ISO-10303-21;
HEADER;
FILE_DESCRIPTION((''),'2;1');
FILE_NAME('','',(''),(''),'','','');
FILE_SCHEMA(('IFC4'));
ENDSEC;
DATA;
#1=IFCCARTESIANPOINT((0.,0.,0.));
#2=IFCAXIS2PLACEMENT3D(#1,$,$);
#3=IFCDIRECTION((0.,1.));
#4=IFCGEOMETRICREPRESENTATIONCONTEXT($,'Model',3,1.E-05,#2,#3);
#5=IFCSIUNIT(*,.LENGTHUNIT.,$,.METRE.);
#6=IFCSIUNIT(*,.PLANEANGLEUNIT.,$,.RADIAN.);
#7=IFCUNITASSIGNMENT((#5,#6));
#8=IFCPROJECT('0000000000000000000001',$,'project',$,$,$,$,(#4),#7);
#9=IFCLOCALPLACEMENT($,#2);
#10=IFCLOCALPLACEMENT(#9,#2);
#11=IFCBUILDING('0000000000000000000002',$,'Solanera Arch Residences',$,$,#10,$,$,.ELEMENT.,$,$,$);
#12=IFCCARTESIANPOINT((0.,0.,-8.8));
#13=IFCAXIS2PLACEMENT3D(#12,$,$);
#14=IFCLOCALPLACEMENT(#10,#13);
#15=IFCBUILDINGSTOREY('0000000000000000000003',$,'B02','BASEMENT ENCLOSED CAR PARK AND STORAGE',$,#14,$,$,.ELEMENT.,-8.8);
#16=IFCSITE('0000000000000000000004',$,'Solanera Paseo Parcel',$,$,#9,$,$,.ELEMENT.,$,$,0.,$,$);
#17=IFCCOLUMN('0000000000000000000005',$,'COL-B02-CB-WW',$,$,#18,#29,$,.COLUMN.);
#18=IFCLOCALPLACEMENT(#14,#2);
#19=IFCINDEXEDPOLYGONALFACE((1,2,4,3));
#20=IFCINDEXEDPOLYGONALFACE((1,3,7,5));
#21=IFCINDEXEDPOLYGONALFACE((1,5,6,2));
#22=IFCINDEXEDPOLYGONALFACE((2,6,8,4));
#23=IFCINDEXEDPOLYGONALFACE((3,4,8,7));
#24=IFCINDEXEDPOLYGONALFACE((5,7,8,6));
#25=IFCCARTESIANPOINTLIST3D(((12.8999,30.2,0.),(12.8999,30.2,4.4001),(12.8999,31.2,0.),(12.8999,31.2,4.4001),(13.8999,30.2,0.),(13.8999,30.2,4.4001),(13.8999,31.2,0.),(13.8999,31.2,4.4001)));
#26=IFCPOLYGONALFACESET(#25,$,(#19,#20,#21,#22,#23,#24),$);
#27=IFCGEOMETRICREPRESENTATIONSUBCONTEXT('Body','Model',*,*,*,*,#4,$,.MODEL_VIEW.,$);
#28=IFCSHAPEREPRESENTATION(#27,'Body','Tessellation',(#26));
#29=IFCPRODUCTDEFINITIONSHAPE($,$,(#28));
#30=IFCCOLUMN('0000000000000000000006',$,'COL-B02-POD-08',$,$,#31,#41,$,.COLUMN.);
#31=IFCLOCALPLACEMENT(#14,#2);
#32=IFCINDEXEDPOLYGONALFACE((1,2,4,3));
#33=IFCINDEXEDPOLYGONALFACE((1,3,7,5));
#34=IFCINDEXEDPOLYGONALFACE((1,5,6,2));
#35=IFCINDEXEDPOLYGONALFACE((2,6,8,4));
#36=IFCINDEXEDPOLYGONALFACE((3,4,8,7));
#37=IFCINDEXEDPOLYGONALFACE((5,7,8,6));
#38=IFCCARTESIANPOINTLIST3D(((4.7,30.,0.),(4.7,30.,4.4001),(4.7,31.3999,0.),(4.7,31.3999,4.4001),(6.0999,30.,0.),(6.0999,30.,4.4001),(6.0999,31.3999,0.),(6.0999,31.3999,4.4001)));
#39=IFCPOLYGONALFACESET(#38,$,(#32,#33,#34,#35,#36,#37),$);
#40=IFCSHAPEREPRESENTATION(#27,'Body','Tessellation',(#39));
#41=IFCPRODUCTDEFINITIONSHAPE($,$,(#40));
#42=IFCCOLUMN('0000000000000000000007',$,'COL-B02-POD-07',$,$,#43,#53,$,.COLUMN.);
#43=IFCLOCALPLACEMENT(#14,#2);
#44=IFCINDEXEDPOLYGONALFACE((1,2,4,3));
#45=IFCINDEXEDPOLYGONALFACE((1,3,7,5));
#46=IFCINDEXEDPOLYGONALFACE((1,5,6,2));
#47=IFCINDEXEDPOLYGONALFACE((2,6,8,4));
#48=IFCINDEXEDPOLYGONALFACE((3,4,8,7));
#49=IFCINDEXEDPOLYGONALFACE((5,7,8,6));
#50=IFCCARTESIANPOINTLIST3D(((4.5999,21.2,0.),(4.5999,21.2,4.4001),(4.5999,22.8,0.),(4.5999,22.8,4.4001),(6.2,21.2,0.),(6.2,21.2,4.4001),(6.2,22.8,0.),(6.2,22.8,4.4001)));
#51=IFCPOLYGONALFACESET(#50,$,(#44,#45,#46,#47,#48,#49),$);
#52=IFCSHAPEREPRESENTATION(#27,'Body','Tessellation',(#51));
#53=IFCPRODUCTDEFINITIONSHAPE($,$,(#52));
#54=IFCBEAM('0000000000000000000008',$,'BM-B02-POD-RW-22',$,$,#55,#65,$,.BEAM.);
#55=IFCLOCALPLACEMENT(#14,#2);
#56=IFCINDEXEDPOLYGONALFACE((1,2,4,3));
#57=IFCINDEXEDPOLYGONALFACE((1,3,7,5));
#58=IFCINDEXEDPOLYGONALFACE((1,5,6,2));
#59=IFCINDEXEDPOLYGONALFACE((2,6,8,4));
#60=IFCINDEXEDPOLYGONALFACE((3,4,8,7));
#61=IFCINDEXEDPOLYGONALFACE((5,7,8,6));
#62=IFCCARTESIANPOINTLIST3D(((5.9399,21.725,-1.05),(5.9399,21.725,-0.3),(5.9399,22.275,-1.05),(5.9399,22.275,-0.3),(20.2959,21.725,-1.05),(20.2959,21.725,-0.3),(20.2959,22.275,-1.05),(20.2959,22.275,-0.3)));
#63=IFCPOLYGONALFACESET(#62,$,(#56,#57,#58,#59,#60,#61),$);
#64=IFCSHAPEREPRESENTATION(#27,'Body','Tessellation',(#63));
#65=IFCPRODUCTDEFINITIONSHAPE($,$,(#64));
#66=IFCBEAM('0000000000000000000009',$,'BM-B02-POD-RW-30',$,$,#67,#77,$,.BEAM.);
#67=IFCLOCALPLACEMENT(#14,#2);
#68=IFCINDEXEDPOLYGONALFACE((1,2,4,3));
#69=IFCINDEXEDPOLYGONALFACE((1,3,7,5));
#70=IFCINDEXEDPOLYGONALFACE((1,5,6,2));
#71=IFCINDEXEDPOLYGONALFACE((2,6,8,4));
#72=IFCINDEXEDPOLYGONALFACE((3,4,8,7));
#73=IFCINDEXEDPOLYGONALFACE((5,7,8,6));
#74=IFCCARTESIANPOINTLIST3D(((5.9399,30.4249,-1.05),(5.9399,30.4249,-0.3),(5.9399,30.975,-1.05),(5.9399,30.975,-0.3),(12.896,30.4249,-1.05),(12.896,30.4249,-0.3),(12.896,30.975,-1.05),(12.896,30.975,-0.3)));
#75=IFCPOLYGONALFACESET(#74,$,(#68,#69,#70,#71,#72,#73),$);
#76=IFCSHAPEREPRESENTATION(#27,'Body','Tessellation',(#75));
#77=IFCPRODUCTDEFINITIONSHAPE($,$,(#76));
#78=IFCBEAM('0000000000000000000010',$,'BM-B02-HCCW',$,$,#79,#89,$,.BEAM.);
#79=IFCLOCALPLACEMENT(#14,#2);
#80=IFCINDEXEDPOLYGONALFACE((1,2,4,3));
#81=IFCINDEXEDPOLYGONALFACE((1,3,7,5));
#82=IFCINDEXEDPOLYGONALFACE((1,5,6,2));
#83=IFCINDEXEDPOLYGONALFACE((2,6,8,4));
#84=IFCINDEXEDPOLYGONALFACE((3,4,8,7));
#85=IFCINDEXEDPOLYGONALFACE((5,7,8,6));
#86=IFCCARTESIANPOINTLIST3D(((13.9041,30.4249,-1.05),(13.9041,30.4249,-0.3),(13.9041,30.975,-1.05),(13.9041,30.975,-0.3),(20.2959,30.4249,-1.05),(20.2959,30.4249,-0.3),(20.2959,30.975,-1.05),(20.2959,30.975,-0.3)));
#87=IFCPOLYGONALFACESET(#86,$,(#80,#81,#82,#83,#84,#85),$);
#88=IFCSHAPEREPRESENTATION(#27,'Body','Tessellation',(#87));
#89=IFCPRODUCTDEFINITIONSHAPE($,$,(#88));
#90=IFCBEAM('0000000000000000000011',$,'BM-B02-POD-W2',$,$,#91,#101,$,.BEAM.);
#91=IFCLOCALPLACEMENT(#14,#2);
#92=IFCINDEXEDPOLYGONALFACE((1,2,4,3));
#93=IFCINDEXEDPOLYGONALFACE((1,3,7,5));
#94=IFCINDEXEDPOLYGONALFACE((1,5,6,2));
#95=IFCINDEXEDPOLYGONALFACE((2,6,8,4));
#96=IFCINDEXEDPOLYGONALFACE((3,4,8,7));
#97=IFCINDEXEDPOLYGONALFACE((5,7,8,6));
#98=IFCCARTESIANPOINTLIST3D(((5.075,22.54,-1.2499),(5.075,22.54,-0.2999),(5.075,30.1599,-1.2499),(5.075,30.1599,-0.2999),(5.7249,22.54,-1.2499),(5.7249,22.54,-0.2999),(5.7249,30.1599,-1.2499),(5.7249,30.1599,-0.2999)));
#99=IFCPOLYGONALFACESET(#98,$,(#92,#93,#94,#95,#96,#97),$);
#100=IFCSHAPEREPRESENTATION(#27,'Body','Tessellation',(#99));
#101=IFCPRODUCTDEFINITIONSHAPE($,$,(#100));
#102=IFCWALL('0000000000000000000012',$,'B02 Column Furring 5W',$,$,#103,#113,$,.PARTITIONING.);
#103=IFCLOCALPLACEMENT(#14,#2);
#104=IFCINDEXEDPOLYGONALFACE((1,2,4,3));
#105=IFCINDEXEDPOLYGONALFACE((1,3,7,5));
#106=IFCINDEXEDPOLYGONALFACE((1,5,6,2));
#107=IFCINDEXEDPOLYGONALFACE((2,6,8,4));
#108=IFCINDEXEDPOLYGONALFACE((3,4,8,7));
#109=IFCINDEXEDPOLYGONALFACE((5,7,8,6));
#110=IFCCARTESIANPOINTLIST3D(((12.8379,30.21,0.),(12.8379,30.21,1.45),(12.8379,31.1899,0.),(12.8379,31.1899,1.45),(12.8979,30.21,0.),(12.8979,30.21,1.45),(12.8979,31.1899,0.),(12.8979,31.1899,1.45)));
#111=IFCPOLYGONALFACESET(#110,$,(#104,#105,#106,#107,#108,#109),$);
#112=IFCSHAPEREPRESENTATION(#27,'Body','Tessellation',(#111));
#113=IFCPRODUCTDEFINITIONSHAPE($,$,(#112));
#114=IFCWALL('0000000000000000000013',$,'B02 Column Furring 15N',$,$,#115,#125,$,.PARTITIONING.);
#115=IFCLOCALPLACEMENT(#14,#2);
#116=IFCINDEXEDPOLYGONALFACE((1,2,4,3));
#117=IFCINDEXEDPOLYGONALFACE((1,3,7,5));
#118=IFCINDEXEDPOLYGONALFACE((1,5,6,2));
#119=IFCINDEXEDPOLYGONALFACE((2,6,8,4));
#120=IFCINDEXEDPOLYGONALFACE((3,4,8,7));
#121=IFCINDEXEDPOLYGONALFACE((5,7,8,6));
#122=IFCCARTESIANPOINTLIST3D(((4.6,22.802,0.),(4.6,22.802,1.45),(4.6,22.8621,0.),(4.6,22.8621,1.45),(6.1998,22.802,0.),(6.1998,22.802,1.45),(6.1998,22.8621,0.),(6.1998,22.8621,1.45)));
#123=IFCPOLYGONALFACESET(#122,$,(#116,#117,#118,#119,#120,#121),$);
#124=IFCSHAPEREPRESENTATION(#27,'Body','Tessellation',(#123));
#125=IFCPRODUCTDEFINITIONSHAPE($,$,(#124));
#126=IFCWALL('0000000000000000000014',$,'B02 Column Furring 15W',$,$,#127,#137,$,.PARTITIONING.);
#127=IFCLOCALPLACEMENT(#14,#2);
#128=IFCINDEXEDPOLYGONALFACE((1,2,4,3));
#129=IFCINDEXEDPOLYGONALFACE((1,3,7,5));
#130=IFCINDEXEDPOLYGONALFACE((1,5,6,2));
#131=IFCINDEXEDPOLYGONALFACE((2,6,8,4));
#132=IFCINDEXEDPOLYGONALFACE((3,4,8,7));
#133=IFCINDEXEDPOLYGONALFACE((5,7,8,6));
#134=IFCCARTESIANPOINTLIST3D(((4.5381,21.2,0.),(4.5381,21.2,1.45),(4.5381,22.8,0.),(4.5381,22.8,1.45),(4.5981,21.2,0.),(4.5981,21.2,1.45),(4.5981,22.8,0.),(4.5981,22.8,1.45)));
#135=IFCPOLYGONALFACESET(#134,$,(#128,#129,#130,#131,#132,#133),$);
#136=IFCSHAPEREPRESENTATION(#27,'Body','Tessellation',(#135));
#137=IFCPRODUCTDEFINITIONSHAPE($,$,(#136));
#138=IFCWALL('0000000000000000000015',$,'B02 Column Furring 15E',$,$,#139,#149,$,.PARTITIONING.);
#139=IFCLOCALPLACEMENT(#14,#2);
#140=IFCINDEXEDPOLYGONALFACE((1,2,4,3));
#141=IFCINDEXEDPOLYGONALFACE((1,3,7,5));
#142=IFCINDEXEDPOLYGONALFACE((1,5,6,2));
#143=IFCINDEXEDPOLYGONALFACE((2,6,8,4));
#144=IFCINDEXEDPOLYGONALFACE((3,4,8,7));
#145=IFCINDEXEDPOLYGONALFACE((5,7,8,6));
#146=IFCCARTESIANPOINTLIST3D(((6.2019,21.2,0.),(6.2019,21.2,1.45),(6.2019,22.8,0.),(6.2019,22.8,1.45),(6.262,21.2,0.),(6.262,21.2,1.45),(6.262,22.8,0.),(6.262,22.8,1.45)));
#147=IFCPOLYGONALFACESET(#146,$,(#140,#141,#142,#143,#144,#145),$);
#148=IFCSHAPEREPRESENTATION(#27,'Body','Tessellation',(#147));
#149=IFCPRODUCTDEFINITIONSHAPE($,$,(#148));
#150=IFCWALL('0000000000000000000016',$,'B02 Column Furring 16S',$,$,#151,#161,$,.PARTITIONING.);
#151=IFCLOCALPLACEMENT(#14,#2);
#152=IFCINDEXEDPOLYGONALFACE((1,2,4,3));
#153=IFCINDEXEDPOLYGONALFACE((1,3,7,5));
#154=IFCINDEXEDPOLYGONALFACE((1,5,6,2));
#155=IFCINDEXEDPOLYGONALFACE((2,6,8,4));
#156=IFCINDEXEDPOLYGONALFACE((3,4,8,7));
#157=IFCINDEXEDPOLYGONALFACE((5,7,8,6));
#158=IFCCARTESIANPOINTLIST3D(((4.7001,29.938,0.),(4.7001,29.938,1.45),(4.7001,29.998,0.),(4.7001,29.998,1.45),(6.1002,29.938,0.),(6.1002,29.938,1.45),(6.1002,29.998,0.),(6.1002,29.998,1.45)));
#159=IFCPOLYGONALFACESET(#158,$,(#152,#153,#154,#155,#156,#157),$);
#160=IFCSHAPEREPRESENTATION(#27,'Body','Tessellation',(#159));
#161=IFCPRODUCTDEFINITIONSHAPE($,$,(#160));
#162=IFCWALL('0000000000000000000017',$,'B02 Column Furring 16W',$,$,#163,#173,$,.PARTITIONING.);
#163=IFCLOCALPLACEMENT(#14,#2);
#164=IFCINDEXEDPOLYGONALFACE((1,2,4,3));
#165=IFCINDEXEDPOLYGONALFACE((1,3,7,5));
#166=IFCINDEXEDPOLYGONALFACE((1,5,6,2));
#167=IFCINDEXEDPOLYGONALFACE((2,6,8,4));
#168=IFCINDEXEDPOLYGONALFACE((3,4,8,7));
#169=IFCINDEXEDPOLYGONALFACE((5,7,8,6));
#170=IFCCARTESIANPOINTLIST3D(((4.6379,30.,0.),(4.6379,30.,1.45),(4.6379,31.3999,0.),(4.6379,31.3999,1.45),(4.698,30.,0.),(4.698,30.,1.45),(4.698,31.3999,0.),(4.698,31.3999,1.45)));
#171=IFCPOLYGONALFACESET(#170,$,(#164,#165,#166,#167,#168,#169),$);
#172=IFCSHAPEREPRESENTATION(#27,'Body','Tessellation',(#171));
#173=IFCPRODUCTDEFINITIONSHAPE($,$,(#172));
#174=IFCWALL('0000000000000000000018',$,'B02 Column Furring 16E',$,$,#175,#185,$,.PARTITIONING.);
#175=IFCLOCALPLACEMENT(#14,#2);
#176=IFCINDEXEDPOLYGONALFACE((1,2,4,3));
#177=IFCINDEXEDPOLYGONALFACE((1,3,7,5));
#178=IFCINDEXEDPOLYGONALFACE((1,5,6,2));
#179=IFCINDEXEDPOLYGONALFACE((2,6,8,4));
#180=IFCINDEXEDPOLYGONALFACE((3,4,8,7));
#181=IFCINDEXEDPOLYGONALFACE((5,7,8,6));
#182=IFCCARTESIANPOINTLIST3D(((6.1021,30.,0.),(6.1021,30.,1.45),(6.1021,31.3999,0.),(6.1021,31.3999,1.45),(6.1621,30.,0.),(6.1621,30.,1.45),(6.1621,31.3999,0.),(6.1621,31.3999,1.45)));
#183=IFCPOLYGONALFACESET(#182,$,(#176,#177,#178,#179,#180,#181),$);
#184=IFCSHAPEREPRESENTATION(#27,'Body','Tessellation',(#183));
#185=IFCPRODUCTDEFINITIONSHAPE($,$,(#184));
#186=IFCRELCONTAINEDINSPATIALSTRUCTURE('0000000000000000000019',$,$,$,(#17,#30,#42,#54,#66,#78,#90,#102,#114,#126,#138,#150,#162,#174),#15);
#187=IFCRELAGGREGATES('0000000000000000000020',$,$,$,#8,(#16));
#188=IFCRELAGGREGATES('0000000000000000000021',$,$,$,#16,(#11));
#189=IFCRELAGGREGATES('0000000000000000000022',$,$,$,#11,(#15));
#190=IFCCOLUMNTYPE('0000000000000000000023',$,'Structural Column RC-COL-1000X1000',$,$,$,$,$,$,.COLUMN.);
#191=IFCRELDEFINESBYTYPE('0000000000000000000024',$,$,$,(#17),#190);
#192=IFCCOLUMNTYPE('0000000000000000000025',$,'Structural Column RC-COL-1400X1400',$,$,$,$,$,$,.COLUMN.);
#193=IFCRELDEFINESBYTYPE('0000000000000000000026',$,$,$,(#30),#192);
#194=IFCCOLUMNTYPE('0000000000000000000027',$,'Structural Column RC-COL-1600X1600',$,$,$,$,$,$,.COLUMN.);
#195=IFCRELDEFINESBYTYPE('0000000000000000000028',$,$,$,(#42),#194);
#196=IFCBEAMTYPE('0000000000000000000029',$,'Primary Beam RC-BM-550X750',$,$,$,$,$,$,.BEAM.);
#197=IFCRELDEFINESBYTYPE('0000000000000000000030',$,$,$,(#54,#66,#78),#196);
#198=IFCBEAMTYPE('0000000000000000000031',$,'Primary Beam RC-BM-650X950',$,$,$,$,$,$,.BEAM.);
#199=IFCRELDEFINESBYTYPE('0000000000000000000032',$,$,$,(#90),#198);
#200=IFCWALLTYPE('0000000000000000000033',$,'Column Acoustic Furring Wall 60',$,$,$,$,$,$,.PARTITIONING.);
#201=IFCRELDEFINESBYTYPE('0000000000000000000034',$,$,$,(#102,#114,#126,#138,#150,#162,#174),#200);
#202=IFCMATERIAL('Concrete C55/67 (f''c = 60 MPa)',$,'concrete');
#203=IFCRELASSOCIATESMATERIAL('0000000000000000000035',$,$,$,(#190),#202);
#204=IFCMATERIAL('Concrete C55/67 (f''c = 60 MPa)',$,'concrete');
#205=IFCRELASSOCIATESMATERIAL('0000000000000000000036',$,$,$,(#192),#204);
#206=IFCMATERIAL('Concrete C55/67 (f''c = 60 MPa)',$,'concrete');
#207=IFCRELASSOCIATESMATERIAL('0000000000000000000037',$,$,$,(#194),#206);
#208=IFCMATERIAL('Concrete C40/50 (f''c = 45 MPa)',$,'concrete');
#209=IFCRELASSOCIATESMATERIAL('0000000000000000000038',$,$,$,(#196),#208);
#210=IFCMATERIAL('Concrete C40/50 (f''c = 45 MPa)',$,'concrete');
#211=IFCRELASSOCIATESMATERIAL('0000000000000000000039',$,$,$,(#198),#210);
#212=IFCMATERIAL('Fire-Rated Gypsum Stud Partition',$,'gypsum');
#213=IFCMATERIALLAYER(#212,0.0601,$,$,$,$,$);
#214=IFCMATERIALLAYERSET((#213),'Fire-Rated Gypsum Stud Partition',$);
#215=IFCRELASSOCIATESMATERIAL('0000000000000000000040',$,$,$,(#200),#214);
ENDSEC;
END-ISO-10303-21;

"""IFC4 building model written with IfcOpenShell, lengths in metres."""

from ifc_helpers import new_model, si_unit, direction, frame, frame_2d, origin, origin_2d, place, context, subcontext, project, spatial, rectangle, extrude, material, layer, layer_set, material_profile, profile_set, type_object, element, save


model = new_model("IFC4")

# Units and contexts
model_context = context("Model", 3, precision=1e-05, world=origin(), true_north=direction((0.0, 1.0)))
body_context = subcontext(model_context, "Body", "Model", "MODEL_VIEW")
ifc_project = project(units=[si_unit("LENGTHUNIT", "METRE"), si_unit("PLANEANGLEUNIT", "RADIAN")], contexts=[model_context])

# Site, building, storey
site_placement = place(None, origin())
site = spatial("IfcSite", under=ifc_project, at=site_placement, Name="Solanera Paseo Parcel", CompositionType="ELEMENT", RefElevation=0.0)
building_placement = place(site_placement, origin())
building = spatial("IfcBuilding", under=site, at=building_placement, Name="Solanera Arch Residences", CompositionType="ELEMENT")
storey_placement = place(building_placement, frame((0.0, 0.0, -8.8)))
storey = spatial("IfcBuildingStorey", under=building, at=storey_placement, Name="B02", Description="BASEMENT ENCLOSED CAR PARK AND STORAGE", CompositionType="ELEMENT", Elevation=-8.8)

# Columns
ifc_material_1 = material(Name="Concrete C55/67 (f'c = 60 MPa)", Category="concrete")
ifc_material_profile_1 = material_profile(ifc_material_1, rectangle(XDim=1.0, YDim=1.0, at=origin_2d()))
ifc_profile_set_1 = profile_set([ifc_material_profile_1], Name="Concrete C55/67 (f'c = 60 MPa)")
column_type_1 = type_object("IfcColumnType", Name="Structural Column RC-COL-1000X1000", PredefinedType="COLUMN", material=ifc_profile_set_1)
column_1_placement = place(storey_placement, frame((13.3999, 30.7, 0.0), z_axis=(0.0, 0.0, 1.0), x_axis=(1.0, 0.0, 0.0)))
element("IfcColumn", 1, at=column_1_placement, inside=storey, type_object=column_type_1, Name="COL-B02-CB-WW", PredefinedType="COLUMN", context=body_context, shape_type="SweptSolid", body=[
    extrude(rectangle(XDim=1.0, YDim=1.0, at=origin_2d()), origin(), (0.0, 0.0, 1.0), 4.4001),
])
ifc_material_2 = material(Name="Concrete C55/67 (f'c = 60 MPa)", Category="concrete")
ifc_material_profile_2 = material_profile(ifc_material_2, rectangle(XDim=1.3999, YDim=1.3999, at=origin_2d()))
ifc_profile_set_2 = profile_set([ifc_material_profile_2], Name="Concrete C55/67 (f'c = 60 MPa)")
column_type_2 = type_object("IfcColumnType", Name="Structural Column RC-COL-1400X1400", PredefinedType="COLUMN", material=ifc_profile_set_2)
column_2_placement = place(storey_placement, frame((5.3999, 30.7, 0.0), z_axis=(0.0, 0.0, 1.0), x_axis=(1.0, 0.0, 0.0)))
element("IfcColumn", 2, at=column_2_placement, inside=storey, type_object=column_type_2, Name="COL-B02-POD-08", PredefinedType="COLUMN", context=body_context, shape_type="SweptSolid", body=[
    extrude(rectangle(XDim=1.3999, YDim=1.3999, at=origin_2d()), origin(), (0.0, 0.0, 1.0), 4.4001),
])
ifc_material_3 = material(Name="Concrete C55/67 (f'c = 60 MPa)", Category="concrete")
ifc_material_profile_3 = material_profile(ifc_material_3, rectangle(XDim=1.6001, YDim=1.6001, at=origin_2d()))
ifc_profile_set_3 = profile_set([ifc_material_profile_3], Name="Concrete C55/67 (f'c = 60 MPa)")
column_type_3 = type_object("IfcColumnType", Name="Structural Column RC-COL-1600X1600", PredefinedType="COLUMN", material=ifc_profile_set_3)
column_3_placement = place(storey_placement, frame((5.3999, 22.0, 0.0), z_axis=(0.0, 0.0, 1.0), x_axis=(1.0, 0.0, 0.0)))
element("IfcColumn", 3, at=column_3_placement, inside=storey, type_object=column_type_3, Name="COL-B02-POD-07", PredefinedType="COLUMN", context=body_context, shape_type="SweptSolid", body=[
    extrude(rectangle(XDim=1.6001, YDim=1.6001, at=origin_2d()), origin(), (0.0, 0.0, 1.0), 4.4001),
])

# Beams
ifc_material_4 = material(Name="Concrete C40/50 (f'c = 45 MPa)", Category="concrete")
ifc_material_profile_4 = material_profile(ifc_material_4, rectangle(XDim=0.55, YDim=0.75, at=origin_2d()))
ifc_profile_set_4 = profile_set([ifc_material_profile_4], Name="Concrete C40/50 (f'c = 45 MPa)")
beam_type_1 = type_object("IfcBeamType", Name="Primary Beam RC-BM-550X750", PredefinedType="BEAM", material=ifc_profile_set_4)
beam_1_placement = place(storey_placement, frame((5.9399, 22.0, -0.675), z_axis=(1.0, 0.0, 0.0), x_axis=(0.0, 1.0, 0.0)))
element("IfcBeam", 4, at=beam_1_placement, inside=storey, type_object=beam_type_1, Name="BM-B02-POD-RW-22", PredefinedType="BEAM", context=body_context, shape_type="SweptSolid", body=[
    extrude(rectangle(XDim=0.55, YDim=0.75, at=origin_2d()), origin(), (0.0, 0.0, 1.0), 14.356),
])
beam_2_placement = place(storey_placement, frame((5.9399, 30.7, -0.675), z_axis=(1.0, 0.0, 0.0), x_axis=(0.0, 1.0, 0.0)))
element("IfcBeam", 5, at=beam_2_placement, inside=storey, type_object=beam_type_1, Name="BM-B02-POD-RW-30", PredefinedType="BEAM", context=body_context, shape_type="SweptSolid", body=[
    extrude(rectangle(XDim=0.55, YDim=0.75, at=origin_2d()), origin(), (0.0, 0.0, 1.0), 6.9561),
])
beam_3_placement = place(storey_placement, frame((13.9041, 30.7, -0.675), z_axis=(1.0, 0.0, 0.0), x_axis=(0.0, 1.0, 0.0)))
element("IfcBeam", 6, at=beam_3_placement, inside=storey, type_object=beam_type_1, Name="BM-B02-HCCW", PredefinedType="BEAM", context=body_context, shape_type="SweptSolid", body=[
    extrude(rectangle(XDim=0.55, YDim=0.75, at=origin_2d()), origin(), (0.0, 0.0, 1.0), 6.3918),
])
ifc_material_5 = material(Name="Concrete C40/50 (f'c = 45 MPa)", Category="concrete")
ifc_material_profile_5 = material_profile(ifc_material_5, rectangle(XDim=0.6499, YDim=0.95, at=origin_2d()))
ifc_profile_set_5 = profile_set([ifc_material_profile_5], Name="Concrete C40/50 (f'c = 45 MPa)")
beam_type_2 = type_object("IfcBeamType", Name="Primary Beam RC-BM-650X950", PredefinedType="BEAM", material=ifc_profile_set_5)
beam_4_placement = place(storey_placement, frame((5.3999, 22.54, -0.7749), z_axis=(0.0, 1.0, 0.0), x_axis=(-1.0, 0.0, 0.0)))
element("IfcBeam", 7, at=beam_4_placement, inside=storey, type_object=beam_type_2, Name="BM-B02-POD-W2", PredefinedType="BEAM", context=body_context, shape_type="SweptSolid", body=[
    extrude(rectangle(XDim=0.6499, YDim=0.95, at=origin_2d()), origin(), (0.0, 0.0, 1.0), 7.6199),
])

# Walls
ifc_material_6 = material(Name="Fire-Rated Gypsum Stud Partition", Category="gypsum")
ifc_layer_1 = layer(ifc_material_6, 0.0601)
ifc_layer_set_1 = layer_set([ifc_layer_1], Name="Fire-Rated Gypsum Stud Partition")
wall_type_1 = type_object("IfcWallType", Name="Column Acoustic Furring Wall 60", PredefinedType="PARTITIONING", material=ifc_layer_set_1)
wall_1_placement = place(storey_placement, frame((12.8679, 30.21, 0.0), z_axis=(0.0, 0.0, 1.0), x_axis=(0.0, 1.0, 0.0)))
element("IfcWall", 8, at=wall_1_placement, inside=storey, type_object=wall_type_1, Name="B02 Column Furring 5W", PredefinedType="PARTITIONING", context=body_context, shape_type="SweptSolid", body=[
    extrude(rectangle(XDim=0.98, YDim=0.0601, at=frame_2d((0.49, 0.0))), origin(), (0.0, 0.0, 1.0), 1.45),
])
wall_2_placement = place(storey_placement, frame((4.6001, 22.832, 0.0), z_axis=(0.0, 0.0, 1.0), x_axis=(1.0, 0.0, 0.0)))
element("IfcWall", 9, at=wall_2_placement, inside=storey, type_object=wall_type_1, Name="B02 Column Furring 15N", PredefinedType="PARTITIONING", context=body_context, shape_type="SweptSolid", body=[
    extrude(rectangle(XDim=1.5999, YDim=0.0601, at=frame_2d((0.7998, 0.0))), origin(), (0.0, 0.0, 1.0), 1.45),
])
for number, where, z_axis, x_axis, name in (
    (10, (4.5681, 21.2, 0.0), (0.0, 0.0, 1.0), (0.0, 1.0, 0.0), "B02 Column Furring 15W"),
    (11, (6.2319, 21.2, 0.0), (0.0, 0.0, 1.0), (0.0, 1.0, 0.0), "B02 Column Furring 15E"),
):
    element("IfcWall", number, at=place(storey_placement, frame(where, z_axis=z_axis, x_axis=x_axis)), inside=storey, type_object=wall_type_1, Name=name, PredefinedType="PARTITIONING", context=body_context, shape_type="SweptSolid", body=[
        extrude(rectangle(XDim=1.6001, YDim=0.0601, at=frame_2d((0.8, 0.0))), origin(), (0.0, 0.0, 1.0), 1.45),
    ])
wall_3_placement = place(storey_placement, frame((4.7, 29.968, 0.0), z_axis=(0.0, 0.0, 1.0), x_axis=(1.0, 0.0, 0.0)))
element("IfcWall", 12, at=wall_3_placement, inside=storey, type_object=wall_type_1, Name="B02 Column Furring 16S", PredefinedType="PARTITIONING", context=body_context, shape_type="SweptSolid", body=[
    extrude(rectangle(XDim=1.4001, YDim=0.0601, at=frame_2d((0.7002, 0.0))), origin(), (0.0, 0.0, 1.0), 1.45),
])
for number, where, z_axis, x_axis, name in (
    (13, (4.668, 30.0, 0.0), (0.0, 0.0, 1.0), (0.0, 1.0, 0.0), "B02 Column Furring 16W"),
    (14, (6.1321, 30.0, 0.0), (0.0, 0.0, 1.0), (0.0, 1.0, 0.0), "B02 Column Furring 16E"),
):
    element("IfcWall", number, at=place(storey_placement, frame(where, z_axis=z_axis, x_axis=x_axis)), inside=storey, type_object=wall_type_1, Name=name, PredefinedType="PARTITIONING", context=body_context, shape_type="SweptSolid", body=[
        extrude(rectangle(XDim=1.3999, YDim=0.0601, at=frame_2d((0.7, 0.0))), origin(), (0.0, 0.0, 1.0), 1.45),
    ])

save(model, "model.ifc")
